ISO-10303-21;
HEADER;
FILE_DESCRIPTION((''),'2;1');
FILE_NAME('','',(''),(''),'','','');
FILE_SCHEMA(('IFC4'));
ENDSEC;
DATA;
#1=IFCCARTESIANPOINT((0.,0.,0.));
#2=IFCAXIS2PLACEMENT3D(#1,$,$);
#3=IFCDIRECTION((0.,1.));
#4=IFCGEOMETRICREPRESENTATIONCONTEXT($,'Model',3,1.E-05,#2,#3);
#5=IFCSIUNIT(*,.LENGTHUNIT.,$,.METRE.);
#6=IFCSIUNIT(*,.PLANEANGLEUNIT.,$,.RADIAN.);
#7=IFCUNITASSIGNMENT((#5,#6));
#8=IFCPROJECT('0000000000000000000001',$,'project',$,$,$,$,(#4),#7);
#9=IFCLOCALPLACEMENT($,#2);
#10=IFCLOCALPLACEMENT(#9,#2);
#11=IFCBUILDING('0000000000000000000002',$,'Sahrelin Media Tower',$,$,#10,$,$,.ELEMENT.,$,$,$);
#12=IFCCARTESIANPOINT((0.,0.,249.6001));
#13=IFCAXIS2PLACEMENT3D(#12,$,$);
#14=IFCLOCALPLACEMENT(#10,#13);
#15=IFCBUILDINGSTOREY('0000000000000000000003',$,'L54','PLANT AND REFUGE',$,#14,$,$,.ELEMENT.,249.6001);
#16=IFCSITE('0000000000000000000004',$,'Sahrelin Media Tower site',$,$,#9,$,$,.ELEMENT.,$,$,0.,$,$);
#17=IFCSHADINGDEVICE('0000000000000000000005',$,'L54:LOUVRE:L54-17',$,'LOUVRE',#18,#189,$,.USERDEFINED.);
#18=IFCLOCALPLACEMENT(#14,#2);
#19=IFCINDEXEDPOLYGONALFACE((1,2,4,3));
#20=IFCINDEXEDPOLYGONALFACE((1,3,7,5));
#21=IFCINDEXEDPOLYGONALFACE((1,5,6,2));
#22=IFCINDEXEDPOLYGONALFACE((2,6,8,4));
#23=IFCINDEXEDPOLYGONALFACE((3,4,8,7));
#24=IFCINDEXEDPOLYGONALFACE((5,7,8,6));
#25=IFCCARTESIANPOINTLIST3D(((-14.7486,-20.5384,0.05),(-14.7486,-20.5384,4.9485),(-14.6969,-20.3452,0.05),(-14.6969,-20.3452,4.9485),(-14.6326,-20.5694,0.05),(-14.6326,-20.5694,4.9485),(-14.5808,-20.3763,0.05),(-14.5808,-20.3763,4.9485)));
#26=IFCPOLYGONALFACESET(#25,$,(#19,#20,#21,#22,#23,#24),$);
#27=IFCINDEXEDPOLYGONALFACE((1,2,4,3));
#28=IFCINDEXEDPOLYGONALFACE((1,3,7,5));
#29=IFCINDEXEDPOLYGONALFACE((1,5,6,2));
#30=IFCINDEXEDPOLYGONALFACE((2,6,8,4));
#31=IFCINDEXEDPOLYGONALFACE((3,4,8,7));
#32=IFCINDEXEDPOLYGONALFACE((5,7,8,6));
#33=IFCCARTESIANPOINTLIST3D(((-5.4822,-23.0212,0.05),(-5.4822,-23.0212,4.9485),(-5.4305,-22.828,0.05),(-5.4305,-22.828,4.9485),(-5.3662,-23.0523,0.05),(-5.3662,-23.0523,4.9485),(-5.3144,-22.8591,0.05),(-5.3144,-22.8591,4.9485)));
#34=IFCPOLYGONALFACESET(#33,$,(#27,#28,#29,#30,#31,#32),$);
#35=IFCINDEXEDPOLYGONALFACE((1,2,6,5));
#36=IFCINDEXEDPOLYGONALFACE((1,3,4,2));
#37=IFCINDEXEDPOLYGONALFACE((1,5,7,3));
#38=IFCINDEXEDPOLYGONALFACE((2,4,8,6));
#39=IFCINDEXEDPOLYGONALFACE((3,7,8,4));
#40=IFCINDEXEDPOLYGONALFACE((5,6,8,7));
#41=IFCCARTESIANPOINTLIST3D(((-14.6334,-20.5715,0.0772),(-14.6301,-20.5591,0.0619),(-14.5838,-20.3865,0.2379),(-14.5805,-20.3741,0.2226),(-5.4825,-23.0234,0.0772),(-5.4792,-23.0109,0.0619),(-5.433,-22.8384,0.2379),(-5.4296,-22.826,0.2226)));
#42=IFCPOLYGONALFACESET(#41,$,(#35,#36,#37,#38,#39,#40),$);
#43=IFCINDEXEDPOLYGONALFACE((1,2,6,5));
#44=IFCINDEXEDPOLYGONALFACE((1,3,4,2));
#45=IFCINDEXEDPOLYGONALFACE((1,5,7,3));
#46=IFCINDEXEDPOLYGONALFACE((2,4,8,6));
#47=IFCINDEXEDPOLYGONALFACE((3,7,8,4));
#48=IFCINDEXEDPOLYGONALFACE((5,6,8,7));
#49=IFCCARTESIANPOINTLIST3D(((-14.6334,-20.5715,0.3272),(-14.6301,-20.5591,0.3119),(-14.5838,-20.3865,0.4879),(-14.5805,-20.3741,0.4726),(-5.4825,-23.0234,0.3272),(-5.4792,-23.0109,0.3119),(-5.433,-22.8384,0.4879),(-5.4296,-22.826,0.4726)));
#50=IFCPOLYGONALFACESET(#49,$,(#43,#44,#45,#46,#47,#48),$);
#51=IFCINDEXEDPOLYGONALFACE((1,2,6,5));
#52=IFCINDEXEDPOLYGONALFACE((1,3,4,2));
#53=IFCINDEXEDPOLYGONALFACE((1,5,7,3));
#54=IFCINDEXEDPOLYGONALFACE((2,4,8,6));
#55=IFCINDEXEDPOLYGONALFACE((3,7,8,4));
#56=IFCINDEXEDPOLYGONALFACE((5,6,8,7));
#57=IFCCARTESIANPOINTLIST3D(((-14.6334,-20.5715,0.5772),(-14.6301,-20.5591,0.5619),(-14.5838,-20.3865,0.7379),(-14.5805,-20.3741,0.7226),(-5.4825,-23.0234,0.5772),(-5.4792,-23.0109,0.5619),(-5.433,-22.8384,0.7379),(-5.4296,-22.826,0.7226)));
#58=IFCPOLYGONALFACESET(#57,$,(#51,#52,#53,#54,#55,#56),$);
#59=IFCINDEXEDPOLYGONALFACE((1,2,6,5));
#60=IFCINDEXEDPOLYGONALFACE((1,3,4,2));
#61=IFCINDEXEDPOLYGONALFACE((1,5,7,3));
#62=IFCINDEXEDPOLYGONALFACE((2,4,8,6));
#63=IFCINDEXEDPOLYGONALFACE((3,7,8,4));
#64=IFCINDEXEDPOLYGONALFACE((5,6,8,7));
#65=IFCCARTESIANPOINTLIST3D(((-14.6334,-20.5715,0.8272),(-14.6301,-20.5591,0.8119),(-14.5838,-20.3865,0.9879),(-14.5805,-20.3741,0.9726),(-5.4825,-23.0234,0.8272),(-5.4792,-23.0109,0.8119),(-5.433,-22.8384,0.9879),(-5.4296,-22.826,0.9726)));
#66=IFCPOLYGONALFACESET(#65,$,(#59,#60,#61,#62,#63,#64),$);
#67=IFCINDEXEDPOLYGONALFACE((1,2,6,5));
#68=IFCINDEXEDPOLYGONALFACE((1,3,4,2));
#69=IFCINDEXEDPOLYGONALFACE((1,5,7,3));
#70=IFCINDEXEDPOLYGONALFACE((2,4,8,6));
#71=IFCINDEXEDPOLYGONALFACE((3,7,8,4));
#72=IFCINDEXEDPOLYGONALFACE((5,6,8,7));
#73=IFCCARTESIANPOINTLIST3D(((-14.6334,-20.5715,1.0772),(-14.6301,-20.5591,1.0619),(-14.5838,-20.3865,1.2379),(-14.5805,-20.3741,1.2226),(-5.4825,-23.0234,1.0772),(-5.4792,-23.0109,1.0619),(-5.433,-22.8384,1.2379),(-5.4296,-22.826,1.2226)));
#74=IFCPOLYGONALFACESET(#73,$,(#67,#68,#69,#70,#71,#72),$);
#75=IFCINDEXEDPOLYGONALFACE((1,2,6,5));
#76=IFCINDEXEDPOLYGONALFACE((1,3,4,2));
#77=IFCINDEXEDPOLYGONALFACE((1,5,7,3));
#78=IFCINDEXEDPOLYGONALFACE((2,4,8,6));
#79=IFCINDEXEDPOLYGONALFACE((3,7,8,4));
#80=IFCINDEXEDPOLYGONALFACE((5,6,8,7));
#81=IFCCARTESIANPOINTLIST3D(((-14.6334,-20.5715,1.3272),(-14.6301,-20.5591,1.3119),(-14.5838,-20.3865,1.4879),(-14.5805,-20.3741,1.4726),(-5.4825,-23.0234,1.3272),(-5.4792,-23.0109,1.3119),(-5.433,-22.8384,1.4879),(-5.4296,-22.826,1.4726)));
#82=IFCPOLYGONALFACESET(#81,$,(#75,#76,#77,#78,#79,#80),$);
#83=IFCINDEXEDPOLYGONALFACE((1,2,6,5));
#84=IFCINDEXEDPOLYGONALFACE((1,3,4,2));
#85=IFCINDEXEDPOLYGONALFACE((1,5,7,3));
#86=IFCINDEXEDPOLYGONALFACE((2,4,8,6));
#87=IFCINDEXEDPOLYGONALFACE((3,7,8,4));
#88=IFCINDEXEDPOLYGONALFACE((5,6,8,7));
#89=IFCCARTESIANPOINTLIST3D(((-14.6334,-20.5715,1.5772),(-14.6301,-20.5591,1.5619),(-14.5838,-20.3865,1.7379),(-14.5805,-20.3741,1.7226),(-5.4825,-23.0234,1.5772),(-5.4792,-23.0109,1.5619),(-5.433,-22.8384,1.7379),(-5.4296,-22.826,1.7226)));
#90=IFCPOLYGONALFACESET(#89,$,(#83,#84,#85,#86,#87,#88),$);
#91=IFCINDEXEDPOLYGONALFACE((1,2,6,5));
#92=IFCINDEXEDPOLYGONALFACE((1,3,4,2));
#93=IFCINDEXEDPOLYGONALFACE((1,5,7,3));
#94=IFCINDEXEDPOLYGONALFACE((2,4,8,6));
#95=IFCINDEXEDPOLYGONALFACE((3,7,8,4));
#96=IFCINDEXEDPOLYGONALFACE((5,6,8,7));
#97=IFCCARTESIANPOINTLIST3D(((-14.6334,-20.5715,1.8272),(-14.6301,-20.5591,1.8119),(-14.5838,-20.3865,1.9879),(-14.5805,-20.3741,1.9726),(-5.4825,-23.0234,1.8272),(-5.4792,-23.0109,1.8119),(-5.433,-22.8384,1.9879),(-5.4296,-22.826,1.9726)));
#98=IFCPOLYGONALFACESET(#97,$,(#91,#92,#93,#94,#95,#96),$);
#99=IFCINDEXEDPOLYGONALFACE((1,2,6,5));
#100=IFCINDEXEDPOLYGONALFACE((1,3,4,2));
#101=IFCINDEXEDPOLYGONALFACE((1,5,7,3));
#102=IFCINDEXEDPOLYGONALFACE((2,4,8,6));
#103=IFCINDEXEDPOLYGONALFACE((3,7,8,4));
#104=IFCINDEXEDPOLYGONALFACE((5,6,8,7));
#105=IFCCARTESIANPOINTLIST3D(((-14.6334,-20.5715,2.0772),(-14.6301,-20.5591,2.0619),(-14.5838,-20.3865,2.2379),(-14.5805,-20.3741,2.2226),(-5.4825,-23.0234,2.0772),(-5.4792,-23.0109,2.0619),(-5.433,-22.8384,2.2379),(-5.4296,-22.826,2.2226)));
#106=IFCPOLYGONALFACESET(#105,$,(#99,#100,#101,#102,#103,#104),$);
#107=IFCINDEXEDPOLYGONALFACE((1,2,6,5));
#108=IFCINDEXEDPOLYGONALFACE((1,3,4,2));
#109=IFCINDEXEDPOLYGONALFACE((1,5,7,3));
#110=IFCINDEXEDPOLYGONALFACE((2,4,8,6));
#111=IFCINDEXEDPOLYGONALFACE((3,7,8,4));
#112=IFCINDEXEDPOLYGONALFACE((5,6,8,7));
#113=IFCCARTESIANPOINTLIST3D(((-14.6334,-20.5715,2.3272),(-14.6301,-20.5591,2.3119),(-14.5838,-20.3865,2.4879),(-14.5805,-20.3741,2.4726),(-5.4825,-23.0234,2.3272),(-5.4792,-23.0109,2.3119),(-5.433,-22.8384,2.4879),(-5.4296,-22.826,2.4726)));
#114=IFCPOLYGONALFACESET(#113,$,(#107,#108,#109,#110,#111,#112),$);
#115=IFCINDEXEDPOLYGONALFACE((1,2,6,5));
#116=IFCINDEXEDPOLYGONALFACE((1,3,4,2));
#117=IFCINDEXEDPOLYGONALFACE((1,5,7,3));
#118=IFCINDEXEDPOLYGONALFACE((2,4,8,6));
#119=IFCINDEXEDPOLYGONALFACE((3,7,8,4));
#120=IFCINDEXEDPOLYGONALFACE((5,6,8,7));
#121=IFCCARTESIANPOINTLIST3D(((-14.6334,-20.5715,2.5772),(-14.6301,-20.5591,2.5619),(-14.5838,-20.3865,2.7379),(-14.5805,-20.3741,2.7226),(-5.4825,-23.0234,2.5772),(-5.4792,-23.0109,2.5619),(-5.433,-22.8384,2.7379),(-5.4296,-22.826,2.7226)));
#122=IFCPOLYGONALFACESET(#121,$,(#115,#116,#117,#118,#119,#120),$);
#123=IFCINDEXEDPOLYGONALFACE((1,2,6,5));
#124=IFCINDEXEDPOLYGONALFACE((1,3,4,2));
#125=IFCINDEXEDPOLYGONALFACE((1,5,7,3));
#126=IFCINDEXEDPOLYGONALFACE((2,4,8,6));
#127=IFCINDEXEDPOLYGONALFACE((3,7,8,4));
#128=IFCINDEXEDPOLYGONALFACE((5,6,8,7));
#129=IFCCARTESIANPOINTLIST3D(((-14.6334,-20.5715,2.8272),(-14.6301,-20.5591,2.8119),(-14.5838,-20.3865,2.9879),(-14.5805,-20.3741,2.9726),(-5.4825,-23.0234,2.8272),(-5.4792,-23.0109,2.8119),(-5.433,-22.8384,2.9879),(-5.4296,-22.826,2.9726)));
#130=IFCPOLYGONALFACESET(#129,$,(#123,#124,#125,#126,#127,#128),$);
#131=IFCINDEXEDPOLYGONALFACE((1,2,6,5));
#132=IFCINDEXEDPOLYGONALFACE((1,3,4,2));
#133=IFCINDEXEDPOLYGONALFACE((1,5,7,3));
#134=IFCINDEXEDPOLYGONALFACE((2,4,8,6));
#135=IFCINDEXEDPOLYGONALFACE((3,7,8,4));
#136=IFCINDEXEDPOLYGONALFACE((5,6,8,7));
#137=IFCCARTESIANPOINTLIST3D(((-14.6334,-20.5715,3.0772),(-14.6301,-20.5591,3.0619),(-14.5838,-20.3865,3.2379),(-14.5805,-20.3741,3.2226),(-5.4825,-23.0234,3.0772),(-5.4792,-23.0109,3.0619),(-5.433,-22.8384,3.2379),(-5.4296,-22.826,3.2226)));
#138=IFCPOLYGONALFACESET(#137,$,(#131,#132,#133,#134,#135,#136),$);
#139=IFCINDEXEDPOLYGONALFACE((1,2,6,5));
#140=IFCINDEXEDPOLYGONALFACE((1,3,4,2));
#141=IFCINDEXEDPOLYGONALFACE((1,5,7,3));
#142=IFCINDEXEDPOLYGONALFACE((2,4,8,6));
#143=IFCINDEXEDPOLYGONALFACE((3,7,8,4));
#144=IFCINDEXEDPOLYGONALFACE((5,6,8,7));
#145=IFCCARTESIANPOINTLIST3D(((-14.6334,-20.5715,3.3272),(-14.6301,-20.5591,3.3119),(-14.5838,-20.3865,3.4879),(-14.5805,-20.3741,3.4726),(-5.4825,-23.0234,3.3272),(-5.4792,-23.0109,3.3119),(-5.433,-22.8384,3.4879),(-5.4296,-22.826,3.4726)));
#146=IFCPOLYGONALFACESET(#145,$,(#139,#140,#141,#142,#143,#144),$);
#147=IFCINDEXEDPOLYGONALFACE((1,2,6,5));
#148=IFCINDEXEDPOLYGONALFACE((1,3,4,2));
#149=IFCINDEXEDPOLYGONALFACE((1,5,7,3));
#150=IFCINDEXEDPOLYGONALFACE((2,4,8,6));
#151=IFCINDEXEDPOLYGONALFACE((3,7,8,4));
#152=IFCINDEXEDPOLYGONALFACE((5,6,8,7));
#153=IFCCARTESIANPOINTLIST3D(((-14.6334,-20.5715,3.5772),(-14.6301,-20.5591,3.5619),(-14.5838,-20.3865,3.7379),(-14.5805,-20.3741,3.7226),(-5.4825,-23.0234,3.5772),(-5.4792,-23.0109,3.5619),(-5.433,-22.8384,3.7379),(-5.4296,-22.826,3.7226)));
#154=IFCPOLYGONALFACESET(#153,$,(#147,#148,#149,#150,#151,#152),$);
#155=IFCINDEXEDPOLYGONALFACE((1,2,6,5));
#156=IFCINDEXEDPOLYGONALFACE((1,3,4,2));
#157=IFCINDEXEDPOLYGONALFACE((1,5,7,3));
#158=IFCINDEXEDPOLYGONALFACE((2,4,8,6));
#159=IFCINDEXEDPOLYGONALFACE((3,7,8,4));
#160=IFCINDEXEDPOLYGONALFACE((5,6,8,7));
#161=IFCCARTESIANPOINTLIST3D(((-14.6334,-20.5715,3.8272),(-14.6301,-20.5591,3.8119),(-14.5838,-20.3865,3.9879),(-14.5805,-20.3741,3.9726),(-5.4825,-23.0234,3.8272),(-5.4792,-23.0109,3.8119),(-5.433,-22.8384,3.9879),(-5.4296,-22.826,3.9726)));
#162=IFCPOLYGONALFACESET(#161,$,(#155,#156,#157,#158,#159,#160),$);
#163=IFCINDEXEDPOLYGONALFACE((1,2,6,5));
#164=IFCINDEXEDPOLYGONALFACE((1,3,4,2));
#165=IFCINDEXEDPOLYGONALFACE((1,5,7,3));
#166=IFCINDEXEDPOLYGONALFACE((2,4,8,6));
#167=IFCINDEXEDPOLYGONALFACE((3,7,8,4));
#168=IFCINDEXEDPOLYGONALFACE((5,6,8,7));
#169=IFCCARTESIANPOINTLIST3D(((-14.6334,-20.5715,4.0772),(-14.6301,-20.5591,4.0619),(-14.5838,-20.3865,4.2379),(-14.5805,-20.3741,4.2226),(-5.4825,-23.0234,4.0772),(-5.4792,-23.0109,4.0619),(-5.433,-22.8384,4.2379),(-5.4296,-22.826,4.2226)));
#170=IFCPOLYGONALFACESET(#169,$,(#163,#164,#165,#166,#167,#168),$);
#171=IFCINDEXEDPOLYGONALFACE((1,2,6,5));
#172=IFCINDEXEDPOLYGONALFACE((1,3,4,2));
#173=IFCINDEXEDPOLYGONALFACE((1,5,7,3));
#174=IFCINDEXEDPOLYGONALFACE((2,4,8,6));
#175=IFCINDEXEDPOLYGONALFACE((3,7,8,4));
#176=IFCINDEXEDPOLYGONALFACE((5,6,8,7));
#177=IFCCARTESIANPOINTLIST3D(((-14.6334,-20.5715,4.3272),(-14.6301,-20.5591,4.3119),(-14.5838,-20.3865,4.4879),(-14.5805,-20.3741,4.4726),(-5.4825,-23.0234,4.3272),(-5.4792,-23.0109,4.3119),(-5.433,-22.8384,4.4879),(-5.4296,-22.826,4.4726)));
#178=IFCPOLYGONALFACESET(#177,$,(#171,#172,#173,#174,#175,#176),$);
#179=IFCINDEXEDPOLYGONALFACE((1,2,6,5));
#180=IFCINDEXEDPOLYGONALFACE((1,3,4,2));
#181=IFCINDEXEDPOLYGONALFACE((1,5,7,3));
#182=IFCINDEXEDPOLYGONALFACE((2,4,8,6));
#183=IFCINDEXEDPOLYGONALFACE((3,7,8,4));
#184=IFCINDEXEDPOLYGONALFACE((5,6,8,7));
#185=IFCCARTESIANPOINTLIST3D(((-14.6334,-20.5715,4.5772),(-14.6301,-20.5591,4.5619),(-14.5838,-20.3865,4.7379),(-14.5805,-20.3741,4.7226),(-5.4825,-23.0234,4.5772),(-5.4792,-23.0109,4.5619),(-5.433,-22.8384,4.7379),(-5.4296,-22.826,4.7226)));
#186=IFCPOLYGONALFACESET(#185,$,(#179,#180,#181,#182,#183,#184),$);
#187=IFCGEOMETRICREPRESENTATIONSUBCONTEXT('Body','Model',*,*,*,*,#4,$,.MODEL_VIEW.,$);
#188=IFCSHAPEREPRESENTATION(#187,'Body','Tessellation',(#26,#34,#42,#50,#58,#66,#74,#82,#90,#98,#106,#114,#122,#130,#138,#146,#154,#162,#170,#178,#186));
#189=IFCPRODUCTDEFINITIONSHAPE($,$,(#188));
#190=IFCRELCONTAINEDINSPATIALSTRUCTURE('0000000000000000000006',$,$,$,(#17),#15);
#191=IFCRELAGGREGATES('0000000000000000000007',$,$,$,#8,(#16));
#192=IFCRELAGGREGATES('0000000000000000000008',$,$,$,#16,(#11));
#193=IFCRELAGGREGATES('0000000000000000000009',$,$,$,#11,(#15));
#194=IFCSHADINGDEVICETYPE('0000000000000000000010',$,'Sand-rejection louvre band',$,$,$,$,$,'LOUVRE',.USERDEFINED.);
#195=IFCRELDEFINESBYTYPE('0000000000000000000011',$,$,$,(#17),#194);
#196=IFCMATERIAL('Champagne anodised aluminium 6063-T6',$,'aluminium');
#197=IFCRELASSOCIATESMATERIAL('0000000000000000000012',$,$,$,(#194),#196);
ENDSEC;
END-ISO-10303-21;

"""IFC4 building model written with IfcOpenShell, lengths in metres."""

from ifc_helpers import new_model, si_unit, direction, frame, origin, origin_2d, place, context, subcontext, project, spatial, rectangle, extrude, material, type_object, element, save


model = new_model("IFC4")

# Units and contexts
model_context = context("Model", 3, precision=1e-05, world=origin(), true_north=direction((0.0, 1.0)))
body_context = subcontext(model_context, "Body", "Model", "MODEL_VIEW")
ifc_project = project(units=[si_unit("LENGTHUNIT", "METRE"), si_unit("PLANEANGLEUNIT", "RADIAN")], contexts=[model_context])

# Site, building, storey
site_placement = place(None, origin())
site = spatial("IfcSite", under=ifc_project, at=site_placement, Name="Sahrelin Media Tower site", CompositionType="ELEMENT", RefElevation=0.0)
building_placement = place(site_placement, origin())
building = spatial("IfcBuilding", under=site, at=building_placement, Name="Sahrelin Media Tower", CompositionType="ELEMENT")
storey_placement = place(building_placement, frame((0.0, 0.0, 249.6001)))
storey = spatial("IfcBuildingStorey", under=building, at=storey_placement, Name="L54", Description="PLANT AND REFUGE", CompositionType="ELEMENT", Elevation=249.6001)

# Shading device
ifc_material_1 = material(Name="Champagne anodised aluminium 6063-T6", Category="aluminium")
shading_device_type = type_object("IfcShadingDeviceType", Name="Sand-rejection louvre band", ElementType="LOUVRE", PredefinedType="USERDEFINED", material=ifc_material_1)
shading_device_1_placement = place(storey_placement, frame((-10.0056, -21.6021, 0.0), z_axis=(0.0, 0.0, 1.0), x_axis=(-0.965929, 0.258808, 0.0)))
element("IfcShadingDevice", 1, at=shading_device_1_placement, inside=storey, type_object=shading_device_type, Name="L54:LOUVRE:L54-17", ObjectType="LOUVRE", PredefinedType="USERDEFINED", context=body_context, shape_type="SweptSolid", body=[
    extrude(rectangle(XDim=0.1201, YDim=0.2, at=origin_2d()), frame((4.7966, 0.1001, 0.05), z_axis=(0.0, 0.0, 1.0), x_axis=(1.0, 0.0, 0.0)), (0.0, 0.0, 1.0), 4.8984),
    extrude(rectangle(XDim=0.1201, YDim=0.2, at=origin_2d()), frame((-4.7966, 0.1001, 0.05), z_axis=(0.0, 0.0, 1.0), x_axis=(1.0, 0.0, 0.0)), (0.0, 0.0, 1.0), 4.8984),
    extrude(rectangle(XDim=0.25, YDim=0.02, at=origin_2d()), frame((4.7368, 0.1001, 0.1499), z_axis=(-1.0, 0.0, 0.0), x_axis=(0.0, -0.766044, 0.642788)), (0.0, 0.0, 1.0), 9.4736),
    extrude(rectangle(XDim=0.25, YDim=0.02, at=origin_2d()), frame((4.7368, 0.1001, 0.3999), z_axis=(-1.0, 0.0, 0.0), x_axis=(0.0, -0.766044, 0.642788)), (0.0, 0.0, 1.0), 9.4736),
    extrude(rectangle(XDim=0.25, YDim=0.02, at=origin_2d()), frame((4.7368, 0.1001, 0.6499), z_axis=(-1.0, 0.0, 0.0), x_axis=(0.0, -0.766044, 0.642788)), (0.0, 0.0, 1.0), 9.4736),
    extrude(rectangle(XDim=0.25, YDim=0.02, at=origin_2d()), frame((4.7368, 0.1001, 0.8999), z_axis=(-1.0, 0.0, 0.0), x_axis=(0.0, -0.766044, 0.642788)), (0.0, 0.0, 1.0), 9.4736),
    extrude(rectangle(XDim=0.25, YDim=0.02, at=origin_2d()), frame((4.7368, 0.1001, 1.1499), z_axis=(-1.0, 0.0, 0.0), x_axis=(0.0, -0.766044, 0.642788)), (0.0, 0.0, 1.0), 9.4736),
    extrude(rectangle(XDim=0.25, YDim=0.02, at=origin_2d()), frame((4.7368, 0.1001, 1.3999), z_axis=(-1.0, 0.0, 0.0), x_axis=(0.0, -0.766044, 0.642788)), (0.0, 0.0, 1.0), 9.4736),
    extrude(rectangle(XDim=0.25, YDim=0.02, at=origin_2d()), frame((4.7368, 0.1001, 1.6499), z_axis=(-1.0, 0.0, 0.0), x_axis=(0.0, -0.766044, 0.642788)), (0.0, 0.0, 1.0), 9.4736),
    extrude(rectangle(XDim=0.25, YDim=0.02, at=origin_2d()), frame((4.7368, 0.1001, 1.8999), z_axis=(-1.0, 0.0, 0.0), x_axis=(0.0, -0.766044, 0.642788)), (0.0, 0.0, 1.0), 9.4736),
    extrude(rectangle(XDim=0.25, YDim=0.02, at=origin_2d()), frame((4.7368, 0.1001, 2.1499), z_axis=(-1.0, 0.0, 0.0), x_axis=(0.0, -0.766044, 0.642788)), (0.0, 0.0, 1.0), 9.4736),
    extrude(rectangle(XDim=0.25, YDim=0.02, at=origin_2d()), frame((4.7368, 0.1001, 2.3999), z_axis=(-1.0, 0.0, 0.0), x_axis=(0.0, -0.766044, 0.642788)), (0.0, 0.0, 1.0), 9.4736),
    extrude(rectangle(XDim=0.25, YDim=0.02, at=origin_2d()), frame((4.7368, 0.1001, 2.6499), z_axis=(-1.0, 0.0, 0.0), x_axis=(0.0, -0.766044, 0.642788)), (0.0, 0.0, 1.0), 9.4736),
    extrude(rectangle(XDim=0.25, YDim=0.02, at=origin_2d()), frame((4.7368, 0.1001, 2.8999), z_axis=(-1.0, 0.0, 0.0), x_axis=(0.0, -0.766044, 0.642788)), (0.0, 0.0, 1.0), 9.4736),
    extrude(rectangle(XDim=0.25, YDim=0.02, at=origin_2d()), frame((4.7368, 0.1001, 3.1499), z_axis=(-1.0, 0.0, 0.0), x_axis=(0.0, -0.766044, 0.642788)), (0.0, 0.0, 1.0), 9.4736),
    extrude(rectangle(XDim=0.25, YDim=0.02, at=origin_2d()), frame((4.7368, 0.1001, 3.3999), z_axis=(-1.0, 0.0, 0.0), x_axis=(0.0, -0.766044, 0.642788)), (0.0, 0.0, 1.0), 9.4736),
    extrude(rectangle(XDim=0.25, YDim=0.02, at=origin_2d()), frame((4.7368, 0.1001, 3.6499), z_axis=(-1.0, 0.0, 0.0), x_axis=(0.0, -0.766044, 0.642788)), (0.0, 0.0, 1.0), 9.4736),
    extrude(rectangle(XDim=0.25, YDim=0.02, at=origin_2d()), frame((4.7368, 0.1001, 3.8999), z_axis=(-1.0, 0.0, 0.0), x_axis=(0.0, -0.766044, 0.642788)), (0.0, 0.0, 1.0), 9.4736),
    extrude(rectangle(XDim=0.25, YDim=0.02, at=origin_2d()), frame((4.7368, 0.1001, 4.1499), z_axis=(-1.0, 0.0, 0.0), x_axis=(0.0, -0.766044, 0.642788)), (0.0, 0.0, 1.0), 9.4736),
    extrude(rectangle(XDim=0.25, YDim=0.02, at=origin_2d()), frame((4.7368, 0.1001, 4.3999), z_axis=(-1.0, 0.0, 0.0), x_axis=(0.0, -0.766044, 0.642788)), (0.0, 0.0, 1.0), 9.4736),
    extrude(rectangle(XDim=0.25, YDim=0.02, at=origin_2d()), frame((4.7368, 0.1001, 4.6499), z_axis=(-1.0, 0.0, 0.0), x_axis=(0.0, -0.766044, 0.642788)), (0.0, 0.0, 1.0), 9.4736),
])

save(model, "model.ifc")
